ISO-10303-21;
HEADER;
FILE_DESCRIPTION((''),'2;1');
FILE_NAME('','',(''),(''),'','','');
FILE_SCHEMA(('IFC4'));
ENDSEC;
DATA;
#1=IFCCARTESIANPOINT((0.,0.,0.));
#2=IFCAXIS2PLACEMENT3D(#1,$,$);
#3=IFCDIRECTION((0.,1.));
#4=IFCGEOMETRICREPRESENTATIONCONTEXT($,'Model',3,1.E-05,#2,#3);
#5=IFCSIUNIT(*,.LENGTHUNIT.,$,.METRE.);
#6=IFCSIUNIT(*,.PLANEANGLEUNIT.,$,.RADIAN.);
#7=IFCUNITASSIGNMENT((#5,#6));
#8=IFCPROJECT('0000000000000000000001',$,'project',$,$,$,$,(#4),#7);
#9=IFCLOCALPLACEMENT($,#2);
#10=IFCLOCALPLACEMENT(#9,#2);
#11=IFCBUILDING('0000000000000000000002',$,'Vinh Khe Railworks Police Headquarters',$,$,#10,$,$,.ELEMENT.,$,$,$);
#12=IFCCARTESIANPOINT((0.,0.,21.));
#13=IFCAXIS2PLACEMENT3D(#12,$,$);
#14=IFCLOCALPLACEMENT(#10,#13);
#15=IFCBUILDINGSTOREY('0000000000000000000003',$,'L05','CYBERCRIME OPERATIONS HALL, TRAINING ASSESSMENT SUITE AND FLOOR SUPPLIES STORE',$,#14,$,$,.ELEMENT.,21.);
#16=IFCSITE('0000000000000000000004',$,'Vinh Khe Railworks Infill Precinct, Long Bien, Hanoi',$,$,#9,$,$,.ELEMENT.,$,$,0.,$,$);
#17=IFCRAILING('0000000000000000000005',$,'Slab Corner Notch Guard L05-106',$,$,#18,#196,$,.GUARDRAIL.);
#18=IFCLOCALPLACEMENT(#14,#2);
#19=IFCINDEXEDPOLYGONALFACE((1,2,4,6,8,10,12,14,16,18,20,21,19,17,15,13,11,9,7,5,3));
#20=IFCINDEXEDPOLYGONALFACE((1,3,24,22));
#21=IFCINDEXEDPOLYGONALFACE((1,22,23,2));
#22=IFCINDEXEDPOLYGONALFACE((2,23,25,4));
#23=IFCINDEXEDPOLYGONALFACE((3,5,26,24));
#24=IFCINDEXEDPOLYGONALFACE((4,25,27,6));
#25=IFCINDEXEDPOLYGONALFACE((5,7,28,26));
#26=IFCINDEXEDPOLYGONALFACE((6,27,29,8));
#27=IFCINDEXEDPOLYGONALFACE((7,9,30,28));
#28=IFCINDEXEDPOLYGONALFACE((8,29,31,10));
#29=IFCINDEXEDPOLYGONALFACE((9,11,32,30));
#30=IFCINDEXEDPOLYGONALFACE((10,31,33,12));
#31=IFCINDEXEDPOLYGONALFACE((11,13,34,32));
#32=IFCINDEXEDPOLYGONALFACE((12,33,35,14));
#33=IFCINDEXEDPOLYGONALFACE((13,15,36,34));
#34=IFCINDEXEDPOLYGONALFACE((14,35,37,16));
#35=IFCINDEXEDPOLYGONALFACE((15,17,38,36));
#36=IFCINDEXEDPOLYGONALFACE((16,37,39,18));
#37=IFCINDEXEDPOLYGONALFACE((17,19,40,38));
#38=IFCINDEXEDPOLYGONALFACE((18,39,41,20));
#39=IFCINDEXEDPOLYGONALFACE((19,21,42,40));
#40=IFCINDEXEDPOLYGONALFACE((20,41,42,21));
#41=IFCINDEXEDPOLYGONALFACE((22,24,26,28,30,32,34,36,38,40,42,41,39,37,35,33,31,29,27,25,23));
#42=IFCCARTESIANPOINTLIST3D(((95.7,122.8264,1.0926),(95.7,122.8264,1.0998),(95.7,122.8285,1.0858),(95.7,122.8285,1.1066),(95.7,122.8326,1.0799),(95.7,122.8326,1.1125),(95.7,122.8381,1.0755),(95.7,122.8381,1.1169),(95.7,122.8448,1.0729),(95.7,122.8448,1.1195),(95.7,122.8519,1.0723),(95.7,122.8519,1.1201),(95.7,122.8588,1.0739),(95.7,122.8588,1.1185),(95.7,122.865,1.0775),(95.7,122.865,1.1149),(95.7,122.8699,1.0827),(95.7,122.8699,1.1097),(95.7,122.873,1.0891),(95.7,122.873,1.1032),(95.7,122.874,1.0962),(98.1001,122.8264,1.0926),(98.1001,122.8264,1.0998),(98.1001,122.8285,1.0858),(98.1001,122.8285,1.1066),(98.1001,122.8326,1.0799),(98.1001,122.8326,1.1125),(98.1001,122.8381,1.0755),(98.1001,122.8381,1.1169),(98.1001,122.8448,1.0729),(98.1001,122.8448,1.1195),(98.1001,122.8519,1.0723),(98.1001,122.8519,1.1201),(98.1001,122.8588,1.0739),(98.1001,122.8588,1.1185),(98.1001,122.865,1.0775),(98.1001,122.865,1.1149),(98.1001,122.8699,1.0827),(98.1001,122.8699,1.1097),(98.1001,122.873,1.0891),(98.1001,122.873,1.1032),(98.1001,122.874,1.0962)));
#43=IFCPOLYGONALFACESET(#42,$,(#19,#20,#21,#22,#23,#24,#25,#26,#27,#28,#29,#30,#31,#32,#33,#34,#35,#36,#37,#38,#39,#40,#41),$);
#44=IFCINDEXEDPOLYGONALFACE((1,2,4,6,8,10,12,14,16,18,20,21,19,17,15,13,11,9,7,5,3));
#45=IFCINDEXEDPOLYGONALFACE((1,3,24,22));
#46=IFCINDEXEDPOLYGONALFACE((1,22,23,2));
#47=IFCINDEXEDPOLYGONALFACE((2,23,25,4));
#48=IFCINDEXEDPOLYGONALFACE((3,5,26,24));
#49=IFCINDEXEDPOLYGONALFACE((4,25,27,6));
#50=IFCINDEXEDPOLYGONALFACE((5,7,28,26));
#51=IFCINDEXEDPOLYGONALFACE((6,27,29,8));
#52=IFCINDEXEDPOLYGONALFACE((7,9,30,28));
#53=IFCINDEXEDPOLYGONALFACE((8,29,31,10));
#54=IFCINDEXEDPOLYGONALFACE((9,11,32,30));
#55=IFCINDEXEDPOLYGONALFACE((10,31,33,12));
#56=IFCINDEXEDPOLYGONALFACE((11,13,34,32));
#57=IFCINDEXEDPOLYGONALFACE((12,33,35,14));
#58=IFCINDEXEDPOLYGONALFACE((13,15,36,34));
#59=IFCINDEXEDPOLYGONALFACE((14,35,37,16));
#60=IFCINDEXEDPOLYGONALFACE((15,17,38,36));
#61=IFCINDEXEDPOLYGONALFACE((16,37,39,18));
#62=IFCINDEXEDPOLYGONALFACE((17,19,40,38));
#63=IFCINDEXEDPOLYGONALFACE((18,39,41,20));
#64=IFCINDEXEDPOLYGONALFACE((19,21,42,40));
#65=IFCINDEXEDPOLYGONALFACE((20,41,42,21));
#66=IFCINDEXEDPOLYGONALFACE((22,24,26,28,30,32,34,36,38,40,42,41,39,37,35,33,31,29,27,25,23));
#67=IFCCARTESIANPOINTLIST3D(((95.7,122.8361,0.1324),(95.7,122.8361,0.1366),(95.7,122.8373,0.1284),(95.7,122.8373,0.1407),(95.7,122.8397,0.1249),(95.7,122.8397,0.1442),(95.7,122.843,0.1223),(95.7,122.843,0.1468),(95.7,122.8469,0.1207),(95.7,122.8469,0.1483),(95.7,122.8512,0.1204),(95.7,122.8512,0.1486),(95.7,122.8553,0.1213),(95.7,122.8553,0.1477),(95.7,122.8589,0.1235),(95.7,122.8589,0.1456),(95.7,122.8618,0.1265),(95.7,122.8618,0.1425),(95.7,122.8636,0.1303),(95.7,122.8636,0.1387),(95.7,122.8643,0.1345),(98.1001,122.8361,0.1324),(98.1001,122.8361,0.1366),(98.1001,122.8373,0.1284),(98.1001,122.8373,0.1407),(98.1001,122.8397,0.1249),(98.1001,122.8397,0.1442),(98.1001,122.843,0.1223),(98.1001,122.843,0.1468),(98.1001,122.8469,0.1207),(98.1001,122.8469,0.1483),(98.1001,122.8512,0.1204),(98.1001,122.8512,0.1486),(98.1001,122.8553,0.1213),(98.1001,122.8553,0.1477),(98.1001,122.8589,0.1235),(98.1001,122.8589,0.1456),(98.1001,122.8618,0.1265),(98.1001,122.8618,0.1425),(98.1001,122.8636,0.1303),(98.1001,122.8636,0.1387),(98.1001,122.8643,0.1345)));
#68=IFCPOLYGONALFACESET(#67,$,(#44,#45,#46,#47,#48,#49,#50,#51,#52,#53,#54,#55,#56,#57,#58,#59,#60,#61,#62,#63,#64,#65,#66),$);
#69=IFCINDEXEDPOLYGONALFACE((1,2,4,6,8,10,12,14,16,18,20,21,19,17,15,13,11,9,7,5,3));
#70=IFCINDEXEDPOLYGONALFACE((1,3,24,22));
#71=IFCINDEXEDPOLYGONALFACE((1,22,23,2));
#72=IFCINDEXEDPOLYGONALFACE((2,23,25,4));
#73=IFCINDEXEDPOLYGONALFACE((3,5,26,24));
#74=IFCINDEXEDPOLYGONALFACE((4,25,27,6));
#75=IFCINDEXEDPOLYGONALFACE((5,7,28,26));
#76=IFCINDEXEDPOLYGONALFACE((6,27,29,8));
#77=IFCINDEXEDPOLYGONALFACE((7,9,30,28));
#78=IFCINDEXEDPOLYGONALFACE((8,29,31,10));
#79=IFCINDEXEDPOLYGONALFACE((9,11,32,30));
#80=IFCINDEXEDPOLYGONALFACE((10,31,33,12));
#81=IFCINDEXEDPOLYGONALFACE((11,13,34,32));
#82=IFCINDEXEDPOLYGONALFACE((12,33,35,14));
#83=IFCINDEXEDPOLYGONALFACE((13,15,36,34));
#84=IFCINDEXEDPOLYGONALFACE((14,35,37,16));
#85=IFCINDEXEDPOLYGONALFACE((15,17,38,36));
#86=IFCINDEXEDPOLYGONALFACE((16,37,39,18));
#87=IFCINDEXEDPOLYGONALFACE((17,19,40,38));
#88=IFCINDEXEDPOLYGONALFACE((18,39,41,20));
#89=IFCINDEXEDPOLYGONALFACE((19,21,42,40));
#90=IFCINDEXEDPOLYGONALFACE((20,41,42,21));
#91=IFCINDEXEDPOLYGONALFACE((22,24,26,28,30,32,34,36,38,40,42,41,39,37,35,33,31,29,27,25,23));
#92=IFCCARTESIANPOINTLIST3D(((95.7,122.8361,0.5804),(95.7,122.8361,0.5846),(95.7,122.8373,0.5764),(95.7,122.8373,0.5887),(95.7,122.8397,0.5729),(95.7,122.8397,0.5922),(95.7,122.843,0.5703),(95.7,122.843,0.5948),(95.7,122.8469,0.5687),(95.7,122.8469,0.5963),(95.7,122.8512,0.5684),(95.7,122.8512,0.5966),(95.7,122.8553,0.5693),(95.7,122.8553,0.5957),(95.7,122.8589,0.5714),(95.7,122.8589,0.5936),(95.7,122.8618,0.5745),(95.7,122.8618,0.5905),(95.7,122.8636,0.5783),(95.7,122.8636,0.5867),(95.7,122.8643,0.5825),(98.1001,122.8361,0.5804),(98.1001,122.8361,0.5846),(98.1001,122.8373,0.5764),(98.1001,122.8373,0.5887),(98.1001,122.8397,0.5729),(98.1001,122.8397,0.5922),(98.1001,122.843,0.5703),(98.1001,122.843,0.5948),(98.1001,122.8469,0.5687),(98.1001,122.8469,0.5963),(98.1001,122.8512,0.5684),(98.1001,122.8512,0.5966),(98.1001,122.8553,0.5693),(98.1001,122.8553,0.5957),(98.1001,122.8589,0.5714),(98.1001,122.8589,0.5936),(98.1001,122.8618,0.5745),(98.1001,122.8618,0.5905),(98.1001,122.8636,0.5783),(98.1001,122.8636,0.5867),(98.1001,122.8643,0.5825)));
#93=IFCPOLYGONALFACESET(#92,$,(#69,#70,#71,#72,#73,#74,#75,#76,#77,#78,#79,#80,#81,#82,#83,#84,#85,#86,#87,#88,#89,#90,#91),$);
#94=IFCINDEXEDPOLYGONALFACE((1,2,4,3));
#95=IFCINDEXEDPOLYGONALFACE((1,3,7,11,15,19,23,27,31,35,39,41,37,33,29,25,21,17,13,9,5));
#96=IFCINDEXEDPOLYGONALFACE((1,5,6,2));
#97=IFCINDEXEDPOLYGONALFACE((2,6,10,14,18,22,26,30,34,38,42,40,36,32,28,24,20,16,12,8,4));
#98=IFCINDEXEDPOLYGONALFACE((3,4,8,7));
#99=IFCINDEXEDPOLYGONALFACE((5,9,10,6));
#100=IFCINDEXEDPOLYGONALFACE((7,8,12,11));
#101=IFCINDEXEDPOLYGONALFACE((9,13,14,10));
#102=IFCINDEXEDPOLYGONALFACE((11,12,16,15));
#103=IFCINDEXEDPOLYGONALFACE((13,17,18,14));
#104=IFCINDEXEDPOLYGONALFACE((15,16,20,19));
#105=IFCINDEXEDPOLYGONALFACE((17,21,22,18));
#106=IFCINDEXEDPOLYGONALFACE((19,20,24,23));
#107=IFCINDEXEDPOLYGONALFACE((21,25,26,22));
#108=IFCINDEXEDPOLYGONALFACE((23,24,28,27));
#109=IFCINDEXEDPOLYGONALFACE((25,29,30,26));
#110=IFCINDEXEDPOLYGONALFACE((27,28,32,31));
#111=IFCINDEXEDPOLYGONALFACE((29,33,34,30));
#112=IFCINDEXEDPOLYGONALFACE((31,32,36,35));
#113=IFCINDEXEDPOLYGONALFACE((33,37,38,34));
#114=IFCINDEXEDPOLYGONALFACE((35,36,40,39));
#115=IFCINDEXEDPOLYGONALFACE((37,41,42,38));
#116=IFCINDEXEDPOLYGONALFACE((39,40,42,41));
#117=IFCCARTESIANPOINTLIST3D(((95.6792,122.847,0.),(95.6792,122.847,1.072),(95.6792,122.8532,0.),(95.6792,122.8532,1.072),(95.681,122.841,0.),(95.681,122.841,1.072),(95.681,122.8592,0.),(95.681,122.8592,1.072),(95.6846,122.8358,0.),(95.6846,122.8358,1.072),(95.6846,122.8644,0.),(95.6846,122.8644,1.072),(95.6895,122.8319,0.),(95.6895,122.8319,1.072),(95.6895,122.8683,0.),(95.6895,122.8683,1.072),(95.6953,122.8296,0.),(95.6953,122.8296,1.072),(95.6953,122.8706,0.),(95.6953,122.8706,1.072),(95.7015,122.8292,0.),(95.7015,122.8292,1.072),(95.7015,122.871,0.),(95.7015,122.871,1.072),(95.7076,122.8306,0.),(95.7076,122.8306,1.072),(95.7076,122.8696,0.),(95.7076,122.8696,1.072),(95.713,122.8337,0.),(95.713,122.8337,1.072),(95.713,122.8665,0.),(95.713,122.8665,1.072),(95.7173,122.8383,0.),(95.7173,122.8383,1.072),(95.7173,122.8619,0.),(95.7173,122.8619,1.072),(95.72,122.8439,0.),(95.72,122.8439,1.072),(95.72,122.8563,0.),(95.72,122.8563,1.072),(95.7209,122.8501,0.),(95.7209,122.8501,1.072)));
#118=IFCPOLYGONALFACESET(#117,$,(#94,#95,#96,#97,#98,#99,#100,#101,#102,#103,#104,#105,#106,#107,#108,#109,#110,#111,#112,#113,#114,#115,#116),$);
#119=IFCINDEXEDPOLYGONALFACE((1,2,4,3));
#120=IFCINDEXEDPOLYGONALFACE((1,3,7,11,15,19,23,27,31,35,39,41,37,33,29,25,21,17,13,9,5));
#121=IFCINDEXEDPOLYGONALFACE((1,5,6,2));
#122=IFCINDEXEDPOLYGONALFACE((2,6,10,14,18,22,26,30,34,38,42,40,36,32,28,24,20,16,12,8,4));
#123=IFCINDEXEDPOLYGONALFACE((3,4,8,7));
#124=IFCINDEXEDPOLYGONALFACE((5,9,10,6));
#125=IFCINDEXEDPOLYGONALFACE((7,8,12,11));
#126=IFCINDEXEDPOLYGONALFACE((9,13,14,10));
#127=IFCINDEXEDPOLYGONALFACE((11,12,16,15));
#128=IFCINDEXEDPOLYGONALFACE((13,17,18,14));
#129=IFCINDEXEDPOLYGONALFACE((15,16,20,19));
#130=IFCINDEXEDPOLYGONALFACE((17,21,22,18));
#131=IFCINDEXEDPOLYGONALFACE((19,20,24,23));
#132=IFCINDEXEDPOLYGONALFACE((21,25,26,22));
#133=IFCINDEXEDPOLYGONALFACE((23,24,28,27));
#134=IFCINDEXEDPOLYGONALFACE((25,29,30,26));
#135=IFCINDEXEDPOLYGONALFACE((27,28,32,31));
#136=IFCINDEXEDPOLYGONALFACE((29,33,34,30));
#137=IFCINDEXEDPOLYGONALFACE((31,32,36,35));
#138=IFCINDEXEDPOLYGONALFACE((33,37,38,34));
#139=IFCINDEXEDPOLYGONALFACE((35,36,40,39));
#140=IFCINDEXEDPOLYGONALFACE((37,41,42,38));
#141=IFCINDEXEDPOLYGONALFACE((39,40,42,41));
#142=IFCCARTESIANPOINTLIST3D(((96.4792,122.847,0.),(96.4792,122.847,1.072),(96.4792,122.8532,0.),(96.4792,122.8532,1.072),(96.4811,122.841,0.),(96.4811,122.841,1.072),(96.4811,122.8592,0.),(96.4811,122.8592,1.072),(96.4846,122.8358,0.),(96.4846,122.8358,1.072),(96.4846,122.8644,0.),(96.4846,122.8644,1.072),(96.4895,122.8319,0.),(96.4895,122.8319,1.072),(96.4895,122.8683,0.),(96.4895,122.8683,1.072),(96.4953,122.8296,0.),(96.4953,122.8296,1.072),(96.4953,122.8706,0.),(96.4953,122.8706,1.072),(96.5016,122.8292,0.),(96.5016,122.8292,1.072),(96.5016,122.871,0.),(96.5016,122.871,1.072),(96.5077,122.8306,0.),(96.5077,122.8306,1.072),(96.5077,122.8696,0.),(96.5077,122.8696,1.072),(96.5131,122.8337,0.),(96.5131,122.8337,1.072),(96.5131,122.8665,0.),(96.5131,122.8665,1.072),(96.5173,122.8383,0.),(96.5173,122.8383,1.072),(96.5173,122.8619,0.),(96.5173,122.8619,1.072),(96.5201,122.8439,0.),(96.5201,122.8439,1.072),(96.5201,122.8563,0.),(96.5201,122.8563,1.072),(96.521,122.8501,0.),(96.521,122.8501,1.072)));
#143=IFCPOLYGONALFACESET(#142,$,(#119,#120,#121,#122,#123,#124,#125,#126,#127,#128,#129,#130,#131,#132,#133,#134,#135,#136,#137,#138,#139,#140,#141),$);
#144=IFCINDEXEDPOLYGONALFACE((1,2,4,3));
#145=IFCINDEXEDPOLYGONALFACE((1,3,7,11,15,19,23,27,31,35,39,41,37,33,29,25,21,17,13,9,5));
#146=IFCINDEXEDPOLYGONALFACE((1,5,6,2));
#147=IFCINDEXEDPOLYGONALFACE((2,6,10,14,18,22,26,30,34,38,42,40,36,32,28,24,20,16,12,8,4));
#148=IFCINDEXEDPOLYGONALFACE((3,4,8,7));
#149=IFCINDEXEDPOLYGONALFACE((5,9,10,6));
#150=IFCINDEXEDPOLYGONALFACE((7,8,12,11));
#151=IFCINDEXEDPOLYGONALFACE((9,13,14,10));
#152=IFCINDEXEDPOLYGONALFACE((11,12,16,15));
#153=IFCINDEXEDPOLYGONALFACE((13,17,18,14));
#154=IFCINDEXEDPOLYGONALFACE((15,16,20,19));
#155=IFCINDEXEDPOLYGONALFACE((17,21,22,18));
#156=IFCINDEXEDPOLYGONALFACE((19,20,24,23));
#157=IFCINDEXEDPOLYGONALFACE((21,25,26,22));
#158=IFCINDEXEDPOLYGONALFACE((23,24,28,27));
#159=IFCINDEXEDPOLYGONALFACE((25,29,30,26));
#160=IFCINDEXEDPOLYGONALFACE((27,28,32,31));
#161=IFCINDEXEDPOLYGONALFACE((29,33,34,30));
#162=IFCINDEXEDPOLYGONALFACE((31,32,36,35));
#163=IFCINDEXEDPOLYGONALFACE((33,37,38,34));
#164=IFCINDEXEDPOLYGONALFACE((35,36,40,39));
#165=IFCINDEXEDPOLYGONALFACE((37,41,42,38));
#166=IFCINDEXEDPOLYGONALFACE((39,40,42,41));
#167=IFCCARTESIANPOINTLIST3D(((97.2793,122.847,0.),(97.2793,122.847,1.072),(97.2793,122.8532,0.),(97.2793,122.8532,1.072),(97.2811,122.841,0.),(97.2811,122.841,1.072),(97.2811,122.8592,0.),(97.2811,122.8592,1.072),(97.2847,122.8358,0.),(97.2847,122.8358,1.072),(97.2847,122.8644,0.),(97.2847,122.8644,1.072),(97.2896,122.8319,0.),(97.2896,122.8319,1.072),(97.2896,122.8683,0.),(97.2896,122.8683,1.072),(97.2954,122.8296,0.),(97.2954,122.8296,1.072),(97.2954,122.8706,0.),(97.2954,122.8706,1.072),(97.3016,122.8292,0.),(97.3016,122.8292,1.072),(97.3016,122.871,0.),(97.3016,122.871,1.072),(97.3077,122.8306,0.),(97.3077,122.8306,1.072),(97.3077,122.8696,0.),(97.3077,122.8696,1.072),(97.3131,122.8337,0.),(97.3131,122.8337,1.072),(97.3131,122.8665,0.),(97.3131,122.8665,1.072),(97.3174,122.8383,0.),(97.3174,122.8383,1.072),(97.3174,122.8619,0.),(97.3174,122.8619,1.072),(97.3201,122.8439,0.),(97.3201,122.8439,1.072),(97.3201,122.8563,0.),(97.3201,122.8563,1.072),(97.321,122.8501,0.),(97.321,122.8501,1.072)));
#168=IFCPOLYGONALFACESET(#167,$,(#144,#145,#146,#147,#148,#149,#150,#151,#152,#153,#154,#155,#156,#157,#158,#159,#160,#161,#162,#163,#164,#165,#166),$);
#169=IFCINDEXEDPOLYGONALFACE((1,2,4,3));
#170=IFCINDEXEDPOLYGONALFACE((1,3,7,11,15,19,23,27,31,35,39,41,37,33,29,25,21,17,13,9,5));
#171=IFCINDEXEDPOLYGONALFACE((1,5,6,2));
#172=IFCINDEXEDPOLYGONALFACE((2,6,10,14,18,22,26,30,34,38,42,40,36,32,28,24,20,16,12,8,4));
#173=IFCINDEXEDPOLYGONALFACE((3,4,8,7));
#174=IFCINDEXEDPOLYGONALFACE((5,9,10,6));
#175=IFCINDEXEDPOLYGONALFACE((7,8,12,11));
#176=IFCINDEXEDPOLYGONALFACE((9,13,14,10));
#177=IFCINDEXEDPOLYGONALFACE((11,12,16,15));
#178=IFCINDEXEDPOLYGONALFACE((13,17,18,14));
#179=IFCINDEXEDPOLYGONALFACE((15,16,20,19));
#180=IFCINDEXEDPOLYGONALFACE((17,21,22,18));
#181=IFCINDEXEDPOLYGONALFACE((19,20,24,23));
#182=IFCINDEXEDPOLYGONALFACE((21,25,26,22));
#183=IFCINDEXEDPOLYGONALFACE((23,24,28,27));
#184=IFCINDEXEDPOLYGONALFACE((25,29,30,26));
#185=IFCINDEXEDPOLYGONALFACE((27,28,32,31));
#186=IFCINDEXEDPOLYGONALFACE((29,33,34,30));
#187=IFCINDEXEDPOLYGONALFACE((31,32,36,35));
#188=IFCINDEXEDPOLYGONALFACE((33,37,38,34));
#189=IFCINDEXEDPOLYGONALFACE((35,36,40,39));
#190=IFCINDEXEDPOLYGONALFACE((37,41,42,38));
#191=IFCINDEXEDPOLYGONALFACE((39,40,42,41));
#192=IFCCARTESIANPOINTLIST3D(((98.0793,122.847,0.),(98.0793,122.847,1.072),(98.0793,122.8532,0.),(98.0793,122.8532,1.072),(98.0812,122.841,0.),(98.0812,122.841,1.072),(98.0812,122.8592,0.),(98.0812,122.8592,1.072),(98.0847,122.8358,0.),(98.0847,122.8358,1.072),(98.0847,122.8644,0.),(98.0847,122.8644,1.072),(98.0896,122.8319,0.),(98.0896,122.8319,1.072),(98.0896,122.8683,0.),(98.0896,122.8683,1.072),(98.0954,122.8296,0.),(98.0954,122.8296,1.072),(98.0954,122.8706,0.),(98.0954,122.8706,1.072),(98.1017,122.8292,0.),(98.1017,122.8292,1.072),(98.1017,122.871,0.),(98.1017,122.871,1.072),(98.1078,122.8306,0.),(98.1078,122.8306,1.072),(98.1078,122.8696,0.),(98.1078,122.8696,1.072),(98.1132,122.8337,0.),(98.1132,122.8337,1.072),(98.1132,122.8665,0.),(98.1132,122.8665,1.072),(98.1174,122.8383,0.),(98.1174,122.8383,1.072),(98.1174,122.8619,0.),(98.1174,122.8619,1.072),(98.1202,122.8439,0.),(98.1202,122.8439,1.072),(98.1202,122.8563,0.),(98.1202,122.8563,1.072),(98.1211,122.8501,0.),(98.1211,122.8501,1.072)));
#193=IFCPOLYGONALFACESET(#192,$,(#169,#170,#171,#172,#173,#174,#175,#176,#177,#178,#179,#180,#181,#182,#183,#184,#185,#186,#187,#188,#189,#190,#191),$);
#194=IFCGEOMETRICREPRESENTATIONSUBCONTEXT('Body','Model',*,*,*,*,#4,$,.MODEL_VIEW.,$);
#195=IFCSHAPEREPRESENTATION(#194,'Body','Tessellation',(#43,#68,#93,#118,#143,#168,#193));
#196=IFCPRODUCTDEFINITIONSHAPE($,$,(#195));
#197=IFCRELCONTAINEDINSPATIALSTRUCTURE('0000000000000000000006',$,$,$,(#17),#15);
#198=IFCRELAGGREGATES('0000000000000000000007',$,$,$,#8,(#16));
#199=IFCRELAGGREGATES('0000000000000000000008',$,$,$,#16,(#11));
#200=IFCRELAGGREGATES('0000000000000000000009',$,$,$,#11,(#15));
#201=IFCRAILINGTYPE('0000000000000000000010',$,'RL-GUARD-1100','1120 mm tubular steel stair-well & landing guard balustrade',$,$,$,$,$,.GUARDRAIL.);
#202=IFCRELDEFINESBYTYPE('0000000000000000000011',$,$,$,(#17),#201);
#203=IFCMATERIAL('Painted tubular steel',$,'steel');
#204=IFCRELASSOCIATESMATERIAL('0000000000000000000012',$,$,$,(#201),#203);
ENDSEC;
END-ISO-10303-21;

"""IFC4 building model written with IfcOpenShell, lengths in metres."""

from ifc_helpers import new_model, si_unit, direction, frame, origin, origin_2d, place, context, subcontext, project, spatial, circle, extrude, material, type_object, element, save


model = new_model("IFC4")

# Units and contexts
model_context = context("Model", 3, precision=1e-05, world=origin(), true_north=direction((0.0, 1.0)))
body_context = subcontext(model_context, "Body", "Model", "MODEL_VIEW")
ifc_project = project(units=[si_unit("LENGTHUNIT", "METRE"), si_unit("PLANEANGLEUNIT", "RADIAN")], contexts=[model_context])

# Site, building, storey
site_placement = place(None, origin())
site = spatial("IfcSite", under=ifc_project, at=site_placement, Name="Vinh Khe Railworks Infill Precinct, Long Bien, Hanoi", CompositionType="ELEMENT", RefElevation=0.0)
building_placement = place(site_placement, origin())
building = spatial("IfcBuilding", under=site, at=building_placement, Name="Vinh Khe Railworks Police Headquarters", CompositionType="ELEMENT")
storey_placement = place(building_placement, frame((0.0, 0.0, 21.0)))
storey = spatial("IfcBuildingStorey", under=building, at=storey_placement, Name="L05", Description="CYBERCRIME OPERATIONS HALL, TRAINING ASSESSMENT SUITE AND FLOOR SUPPLIES STORE", CompositionType="ELEMENT", Elevation=21.0)

# Railing
ifc_material_1 = material(Name="Painted tubular steel", Category="steel")
railing_type = type_object("IfcRailingType", Name="RL-GUARD-1100", Description="1120 mm tubular steel stair-well & landing guard balustrade", PredefinedType="GUARDRAIL", material=ifc_material_1)
railing_1_placement = place(storey_placement, frame((95.7, 122.8501, 0.0)))
element("IfcRailing", 1, at=railing_1_placement, inside=storey, type_object=railing_type, Name="Slab Corner Notch Guard L05-106", PredefinedType="GUARDRAIL", context=body_context, shape_type="SweptSolid", body=[
    extrude(circle(Radius=0.0239, at=origin_2d()), frame((0.0, 0.0, 1.0962), z_axis=(1.0, 0.0, 0.0), x_axis=(0.0, 1.0, 0.0)), (0.0, 0.0, 1.0), 2.4001),
    extrude(circle(Radius=0.0142, at=origin_2d()), frame((0.0, 0.0, 0.1345), z_axis=(1.0, 0.0, 0.0), x_axis=(0.0, 1.0, 0.0)), (0.0, 0.0, 1.0), 2.4001),
    extrude(circle(Radius=0.0142, at=origin_2d()), frame((0.0, 0.0, 0.5825), z_axis=(1.0, 0.0, 0.0), x_axis=(0.0, 1.0, 0.0)), (0.0, 0.0, 1.0), 2.4001),
    extrude(circle(Radius=0.021, at=origin_2d()), origin(), (0.0, 0.0, 1.0), 1.072),
    extrude(circle(Radius=0.021, at=origin_2d()), frame((0.8, 0.0, 0.0)), (0.0, 0.0, 1.0), 1.072),
    extrude(circle(Radius=0.021, at=origin_2d()), frame((1.6001, 0.0, 0.0)), (0.0, 0.0, 1.0), 1.072),
    extrude(circle(Radius=0.021, at=origin_2d()), frame((2.4001, 0.0, 0.0)), (0.0, 0.0, 1.0), 1.072),
])

save(model, "model.ifc")
